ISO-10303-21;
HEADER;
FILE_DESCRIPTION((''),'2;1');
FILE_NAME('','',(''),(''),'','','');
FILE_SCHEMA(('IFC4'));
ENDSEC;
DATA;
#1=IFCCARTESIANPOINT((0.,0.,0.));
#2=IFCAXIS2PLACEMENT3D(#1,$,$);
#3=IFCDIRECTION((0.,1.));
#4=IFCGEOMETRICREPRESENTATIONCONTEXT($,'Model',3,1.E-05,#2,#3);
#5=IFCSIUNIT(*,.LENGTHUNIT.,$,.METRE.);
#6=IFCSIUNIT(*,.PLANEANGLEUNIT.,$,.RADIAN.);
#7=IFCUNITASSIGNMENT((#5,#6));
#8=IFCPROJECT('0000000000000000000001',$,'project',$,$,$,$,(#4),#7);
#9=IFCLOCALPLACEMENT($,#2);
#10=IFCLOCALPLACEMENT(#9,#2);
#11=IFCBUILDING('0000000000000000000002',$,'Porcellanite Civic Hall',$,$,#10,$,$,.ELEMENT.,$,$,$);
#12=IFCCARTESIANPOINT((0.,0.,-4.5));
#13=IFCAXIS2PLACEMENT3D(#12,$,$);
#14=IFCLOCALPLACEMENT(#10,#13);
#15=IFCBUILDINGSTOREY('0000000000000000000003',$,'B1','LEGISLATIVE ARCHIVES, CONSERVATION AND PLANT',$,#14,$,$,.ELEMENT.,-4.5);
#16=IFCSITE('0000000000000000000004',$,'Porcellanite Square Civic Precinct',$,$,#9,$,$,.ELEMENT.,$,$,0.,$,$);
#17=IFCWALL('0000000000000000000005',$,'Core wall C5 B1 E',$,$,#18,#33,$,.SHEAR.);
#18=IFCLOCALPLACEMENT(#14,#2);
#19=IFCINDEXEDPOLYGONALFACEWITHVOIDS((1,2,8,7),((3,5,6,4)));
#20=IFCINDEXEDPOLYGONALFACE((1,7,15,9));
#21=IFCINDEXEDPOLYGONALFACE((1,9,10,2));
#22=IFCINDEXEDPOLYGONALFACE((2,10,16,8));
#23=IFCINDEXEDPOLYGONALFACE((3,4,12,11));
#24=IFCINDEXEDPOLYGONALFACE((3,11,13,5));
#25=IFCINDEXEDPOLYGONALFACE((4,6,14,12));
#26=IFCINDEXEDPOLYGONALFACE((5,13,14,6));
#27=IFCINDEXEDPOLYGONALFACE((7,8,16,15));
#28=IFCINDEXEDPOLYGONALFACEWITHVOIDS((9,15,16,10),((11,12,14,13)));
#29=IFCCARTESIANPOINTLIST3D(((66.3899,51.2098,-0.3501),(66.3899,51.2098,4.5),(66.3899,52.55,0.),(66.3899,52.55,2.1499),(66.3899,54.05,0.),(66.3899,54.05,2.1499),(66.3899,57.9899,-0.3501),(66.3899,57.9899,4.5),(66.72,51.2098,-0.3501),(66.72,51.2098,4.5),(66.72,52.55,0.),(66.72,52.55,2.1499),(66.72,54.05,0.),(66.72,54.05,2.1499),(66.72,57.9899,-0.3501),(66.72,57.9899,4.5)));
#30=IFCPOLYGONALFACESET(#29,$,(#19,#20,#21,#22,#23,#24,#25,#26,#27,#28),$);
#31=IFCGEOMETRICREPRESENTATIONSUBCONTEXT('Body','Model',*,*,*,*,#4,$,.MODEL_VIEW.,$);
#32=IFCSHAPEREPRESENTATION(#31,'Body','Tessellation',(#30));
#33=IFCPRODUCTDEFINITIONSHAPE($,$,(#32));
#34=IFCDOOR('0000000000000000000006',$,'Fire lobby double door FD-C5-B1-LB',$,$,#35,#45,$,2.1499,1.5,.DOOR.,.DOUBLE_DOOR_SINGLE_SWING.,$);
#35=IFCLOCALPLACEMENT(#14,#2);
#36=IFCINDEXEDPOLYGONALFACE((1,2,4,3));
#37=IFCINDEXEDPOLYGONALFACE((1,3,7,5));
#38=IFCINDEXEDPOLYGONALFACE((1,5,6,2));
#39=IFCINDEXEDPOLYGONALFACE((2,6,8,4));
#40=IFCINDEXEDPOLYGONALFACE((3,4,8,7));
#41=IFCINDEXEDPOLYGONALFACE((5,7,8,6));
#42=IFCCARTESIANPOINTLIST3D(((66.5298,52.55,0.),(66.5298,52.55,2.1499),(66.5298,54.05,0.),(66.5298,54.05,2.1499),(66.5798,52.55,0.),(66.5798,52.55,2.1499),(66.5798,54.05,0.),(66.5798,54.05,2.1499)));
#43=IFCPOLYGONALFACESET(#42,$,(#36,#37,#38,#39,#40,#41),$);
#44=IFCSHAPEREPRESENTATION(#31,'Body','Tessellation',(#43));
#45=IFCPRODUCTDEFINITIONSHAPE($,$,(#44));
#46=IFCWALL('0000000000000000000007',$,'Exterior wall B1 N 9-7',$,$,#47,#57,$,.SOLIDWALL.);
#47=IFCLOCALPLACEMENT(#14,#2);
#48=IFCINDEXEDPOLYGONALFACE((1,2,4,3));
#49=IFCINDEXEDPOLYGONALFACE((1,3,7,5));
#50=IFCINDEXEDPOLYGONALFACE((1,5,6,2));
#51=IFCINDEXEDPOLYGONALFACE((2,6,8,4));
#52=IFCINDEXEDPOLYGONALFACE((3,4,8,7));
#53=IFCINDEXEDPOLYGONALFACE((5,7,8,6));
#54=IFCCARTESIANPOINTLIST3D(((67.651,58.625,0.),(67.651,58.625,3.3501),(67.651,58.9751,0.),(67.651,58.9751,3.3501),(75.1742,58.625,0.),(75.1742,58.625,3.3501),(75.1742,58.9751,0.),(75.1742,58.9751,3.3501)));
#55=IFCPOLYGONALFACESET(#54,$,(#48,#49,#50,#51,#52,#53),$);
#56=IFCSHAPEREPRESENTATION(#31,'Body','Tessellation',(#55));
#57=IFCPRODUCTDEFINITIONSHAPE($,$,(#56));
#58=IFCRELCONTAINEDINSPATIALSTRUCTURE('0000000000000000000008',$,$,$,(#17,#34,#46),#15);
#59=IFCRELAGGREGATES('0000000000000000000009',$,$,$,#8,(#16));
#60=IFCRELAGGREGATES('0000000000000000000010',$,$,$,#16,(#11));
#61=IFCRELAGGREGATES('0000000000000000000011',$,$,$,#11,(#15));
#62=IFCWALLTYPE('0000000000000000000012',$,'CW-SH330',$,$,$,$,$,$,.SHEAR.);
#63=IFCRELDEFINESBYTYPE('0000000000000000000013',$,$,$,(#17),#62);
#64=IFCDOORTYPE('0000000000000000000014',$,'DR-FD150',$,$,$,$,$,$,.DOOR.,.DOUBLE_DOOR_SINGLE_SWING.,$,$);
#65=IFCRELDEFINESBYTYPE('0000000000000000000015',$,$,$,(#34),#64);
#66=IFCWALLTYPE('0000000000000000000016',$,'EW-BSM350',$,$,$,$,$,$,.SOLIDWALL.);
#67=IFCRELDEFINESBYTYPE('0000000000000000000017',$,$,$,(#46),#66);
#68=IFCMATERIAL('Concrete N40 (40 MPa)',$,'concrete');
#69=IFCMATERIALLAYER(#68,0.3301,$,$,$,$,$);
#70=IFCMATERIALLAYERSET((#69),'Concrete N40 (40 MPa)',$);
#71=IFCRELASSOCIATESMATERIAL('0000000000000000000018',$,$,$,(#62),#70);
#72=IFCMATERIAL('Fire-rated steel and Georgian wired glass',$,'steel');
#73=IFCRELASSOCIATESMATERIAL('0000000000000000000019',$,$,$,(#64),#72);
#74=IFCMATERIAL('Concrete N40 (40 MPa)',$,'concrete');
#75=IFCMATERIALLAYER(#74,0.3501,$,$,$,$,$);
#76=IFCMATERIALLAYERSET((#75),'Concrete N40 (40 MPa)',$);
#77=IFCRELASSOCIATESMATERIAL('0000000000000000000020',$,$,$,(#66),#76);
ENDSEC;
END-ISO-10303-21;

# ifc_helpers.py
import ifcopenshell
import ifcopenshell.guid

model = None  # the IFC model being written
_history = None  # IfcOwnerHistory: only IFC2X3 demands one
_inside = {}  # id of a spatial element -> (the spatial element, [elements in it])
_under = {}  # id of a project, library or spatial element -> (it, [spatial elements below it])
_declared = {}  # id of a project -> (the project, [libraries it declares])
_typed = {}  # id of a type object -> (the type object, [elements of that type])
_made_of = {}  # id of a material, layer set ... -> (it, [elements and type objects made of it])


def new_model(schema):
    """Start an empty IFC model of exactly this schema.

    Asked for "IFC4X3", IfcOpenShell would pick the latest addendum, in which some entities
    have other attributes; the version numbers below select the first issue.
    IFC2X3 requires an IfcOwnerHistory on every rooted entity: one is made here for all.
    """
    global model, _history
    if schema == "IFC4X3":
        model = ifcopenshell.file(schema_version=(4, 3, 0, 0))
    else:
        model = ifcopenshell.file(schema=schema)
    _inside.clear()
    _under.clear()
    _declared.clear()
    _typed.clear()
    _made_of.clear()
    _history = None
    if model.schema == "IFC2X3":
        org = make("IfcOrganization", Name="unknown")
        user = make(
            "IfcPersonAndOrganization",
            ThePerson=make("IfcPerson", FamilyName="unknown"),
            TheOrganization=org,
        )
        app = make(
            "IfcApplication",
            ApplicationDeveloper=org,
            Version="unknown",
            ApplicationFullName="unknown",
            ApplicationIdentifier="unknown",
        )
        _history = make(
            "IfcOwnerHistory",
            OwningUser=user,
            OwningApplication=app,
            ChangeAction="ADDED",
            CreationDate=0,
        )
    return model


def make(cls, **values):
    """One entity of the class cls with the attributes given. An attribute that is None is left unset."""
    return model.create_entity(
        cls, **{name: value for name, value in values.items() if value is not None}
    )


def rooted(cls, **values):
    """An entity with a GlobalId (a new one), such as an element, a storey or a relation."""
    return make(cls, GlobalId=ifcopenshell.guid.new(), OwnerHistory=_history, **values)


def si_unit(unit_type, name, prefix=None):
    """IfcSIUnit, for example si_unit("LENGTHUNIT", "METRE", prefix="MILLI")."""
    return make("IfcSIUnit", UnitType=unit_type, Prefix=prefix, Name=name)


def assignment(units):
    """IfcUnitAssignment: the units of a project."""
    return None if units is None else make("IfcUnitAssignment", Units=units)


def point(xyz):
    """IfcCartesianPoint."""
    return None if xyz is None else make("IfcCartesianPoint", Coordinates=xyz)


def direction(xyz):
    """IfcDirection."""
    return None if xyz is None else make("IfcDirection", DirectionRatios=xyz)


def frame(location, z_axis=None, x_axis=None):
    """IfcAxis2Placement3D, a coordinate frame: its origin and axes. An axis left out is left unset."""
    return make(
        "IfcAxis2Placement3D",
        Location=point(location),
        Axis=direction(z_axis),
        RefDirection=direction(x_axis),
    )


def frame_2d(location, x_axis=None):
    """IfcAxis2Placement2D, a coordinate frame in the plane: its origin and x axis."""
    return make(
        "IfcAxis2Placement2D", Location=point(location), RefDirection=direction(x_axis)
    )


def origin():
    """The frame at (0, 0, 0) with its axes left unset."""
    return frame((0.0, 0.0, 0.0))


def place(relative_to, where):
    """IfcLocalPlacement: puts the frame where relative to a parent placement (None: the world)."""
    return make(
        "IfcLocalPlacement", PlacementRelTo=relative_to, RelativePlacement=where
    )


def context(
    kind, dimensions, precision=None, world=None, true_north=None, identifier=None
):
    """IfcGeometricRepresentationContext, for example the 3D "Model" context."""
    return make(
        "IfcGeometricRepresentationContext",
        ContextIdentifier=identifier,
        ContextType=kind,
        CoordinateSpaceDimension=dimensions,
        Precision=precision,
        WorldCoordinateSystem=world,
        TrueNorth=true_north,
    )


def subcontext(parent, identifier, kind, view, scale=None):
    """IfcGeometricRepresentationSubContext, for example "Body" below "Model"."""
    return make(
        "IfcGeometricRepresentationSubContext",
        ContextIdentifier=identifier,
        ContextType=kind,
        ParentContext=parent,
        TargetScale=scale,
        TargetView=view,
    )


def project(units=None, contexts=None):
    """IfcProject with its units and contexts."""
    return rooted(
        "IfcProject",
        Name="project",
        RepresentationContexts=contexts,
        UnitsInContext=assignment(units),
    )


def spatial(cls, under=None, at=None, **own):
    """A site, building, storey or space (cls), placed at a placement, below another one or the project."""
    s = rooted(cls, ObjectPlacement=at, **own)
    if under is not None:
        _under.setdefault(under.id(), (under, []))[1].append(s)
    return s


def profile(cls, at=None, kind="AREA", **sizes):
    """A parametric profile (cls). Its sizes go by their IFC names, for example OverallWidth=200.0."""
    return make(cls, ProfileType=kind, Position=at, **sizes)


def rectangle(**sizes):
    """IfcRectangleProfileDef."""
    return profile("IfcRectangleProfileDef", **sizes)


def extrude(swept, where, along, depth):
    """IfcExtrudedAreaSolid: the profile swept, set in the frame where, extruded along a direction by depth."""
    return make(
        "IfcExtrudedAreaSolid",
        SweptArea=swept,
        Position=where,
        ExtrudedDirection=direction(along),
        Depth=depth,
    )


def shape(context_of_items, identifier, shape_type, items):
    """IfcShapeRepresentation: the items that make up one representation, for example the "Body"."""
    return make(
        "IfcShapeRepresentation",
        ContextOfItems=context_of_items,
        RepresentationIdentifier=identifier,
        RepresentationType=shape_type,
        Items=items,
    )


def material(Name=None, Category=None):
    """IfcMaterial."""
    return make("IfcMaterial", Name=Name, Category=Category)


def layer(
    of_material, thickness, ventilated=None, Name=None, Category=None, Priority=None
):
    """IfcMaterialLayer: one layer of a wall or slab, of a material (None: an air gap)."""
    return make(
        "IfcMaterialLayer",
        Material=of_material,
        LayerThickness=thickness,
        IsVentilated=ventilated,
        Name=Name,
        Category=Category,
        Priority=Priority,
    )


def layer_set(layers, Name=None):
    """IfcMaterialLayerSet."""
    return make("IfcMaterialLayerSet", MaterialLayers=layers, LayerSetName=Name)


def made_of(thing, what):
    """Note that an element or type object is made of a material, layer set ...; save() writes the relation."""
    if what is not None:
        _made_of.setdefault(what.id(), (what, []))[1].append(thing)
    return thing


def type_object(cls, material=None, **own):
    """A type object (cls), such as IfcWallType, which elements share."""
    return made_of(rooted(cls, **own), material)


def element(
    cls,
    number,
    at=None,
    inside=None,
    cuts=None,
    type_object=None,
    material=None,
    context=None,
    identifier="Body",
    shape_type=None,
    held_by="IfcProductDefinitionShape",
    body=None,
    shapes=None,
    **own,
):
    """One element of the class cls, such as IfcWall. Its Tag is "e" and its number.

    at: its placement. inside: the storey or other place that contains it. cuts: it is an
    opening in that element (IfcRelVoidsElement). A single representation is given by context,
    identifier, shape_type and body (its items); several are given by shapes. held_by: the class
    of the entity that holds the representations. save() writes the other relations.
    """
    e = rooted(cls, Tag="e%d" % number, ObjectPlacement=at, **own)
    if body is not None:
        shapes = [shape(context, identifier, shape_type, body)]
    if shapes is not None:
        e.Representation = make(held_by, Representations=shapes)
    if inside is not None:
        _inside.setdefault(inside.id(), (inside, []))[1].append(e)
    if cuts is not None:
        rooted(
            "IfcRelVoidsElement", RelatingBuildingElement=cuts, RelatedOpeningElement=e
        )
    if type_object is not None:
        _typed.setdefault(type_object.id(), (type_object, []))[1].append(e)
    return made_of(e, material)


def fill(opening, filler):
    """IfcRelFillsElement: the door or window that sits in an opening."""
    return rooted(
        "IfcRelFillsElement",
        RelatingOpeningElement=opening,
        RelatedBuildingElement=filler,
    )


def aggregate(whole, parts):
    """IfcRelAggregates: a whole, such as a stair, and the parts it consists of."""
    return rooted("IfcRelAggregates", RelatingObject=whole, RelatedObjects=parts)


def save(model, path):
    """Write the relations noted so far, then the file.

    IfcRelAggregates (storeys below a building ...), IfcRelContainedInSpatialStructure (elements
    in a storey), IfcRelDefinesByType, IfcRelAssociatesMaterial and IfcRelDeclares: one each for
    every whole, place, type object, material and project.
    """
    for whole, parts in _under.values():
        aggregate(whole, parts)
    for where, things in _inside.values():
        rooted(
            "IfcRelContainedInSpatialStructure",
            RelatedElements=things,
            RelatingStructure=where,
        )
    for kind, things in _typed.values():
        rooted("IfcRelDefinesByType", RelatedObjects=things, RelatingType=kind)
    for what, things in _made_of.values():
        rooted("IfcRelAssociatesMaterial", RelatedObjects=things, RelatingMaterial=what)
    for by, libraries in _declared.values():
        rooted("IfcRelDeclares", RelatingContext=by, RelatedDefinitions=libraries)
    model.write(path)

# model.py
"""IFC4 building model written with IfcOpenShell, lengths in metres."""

from ifc_helpers import new_model, si_unit, direction, frame, frame_2d, origin, place, context, subcontext, project, spatial, rectangle, extrude, material, layer, layer_set, type_object, element, fill, save


model = new_model("IFC4")

# Units and contexts
model_context = context("Model", 3, precision=1e-05, world=origin(), true_north=direction((0.0, 1.0)))
body_context = subcontext(model_context, "Body", "Model", "MODEL_VIEW")
ifc_project = project(units=[si_unit("LENGTHUNIT", "METRE"), si_unit("PLANEANGLEUNIT", "RADIAN")], contexts=[model_context])

# Site, building, storey
site_placement = place(None, origin())
site = spatial("IfcSite", under=ifc_project, at=site_placement, Name="Porcellanite Square Civic Precinct", CompositionType="ELEMENT", RefElevation=0.0)
building_placement = place(site_placement, origin())
building = spatial("IfcBuilding", under=site, at=building_placement, Name="Porcellanite Civic Hall", CompositionType="ELEMENT")
storey_placement = place(building_placement, frame((0.0, 0.0, -4.5)))
storey = spatial("IfcBuildingStorey", under=building, at=storey_placement, Name="B1", Description="LEGISLATIVE ARCHIVES, CONSERVATION AND PLANT", CompositionType="ELEMENT", Elevation=-4.5)

# Wall, opening, door
ifc_material_1 = material(Name="Concrete N40 (40 MPa)", Category="concrete")
ifc_layer_1 = layer(ifc_material_1, 0.3301)
ifc_layer_set_1 = layer_set([ifc_layer_1], Name="Concrete N40 (40 MPa)")
wall_type_1 = type_object("IfcWallType", Name="CW-SH330", PredefinedType="SHEAR", material=ifc_layer_set_1)
wall_1_placement = place(storey_placement, frame((66.5549, 57.99, -0.3501), z_axis=(0.0, 0.0, 1.0), x_axis=(0.0, -1.0, 0.0)))
wall_1 = element("IfcWall", 1, at=wall_1_placement, inside=storey, type_object=wall_type_1, Name="Core wall C5 B1 E", PredefinedType="SHEAR", context=body_context, shape_type="SweptSolid", body=[
    extrude(rectangle(XDim=6.78, YDim=0.3301, at=frame_2d((3.3901, 0.0))), origin(), (0.0, 0.0, 1.0), 4.8501),
])
opening_placement = place(wall_1_placement, frame((3.9399, 0.0, 0.3501)))
opening = element("IfcOpeningElement", 2, at=opening_placement, cuts=wall_1, PredefinedType="OPENING", context=body_context, shape_type="SweptSolid", body=[
    extrude(rectangle(XDim=1.5, YDim=2.1499, at=frame_2d((0.75, 1.075))), frame((0.0, 0.165, 0.0), z_axis=(0.0, -1.0, 0.0), x_axis=(1.0, 0.0, 0.0)), (0.0, 0.0, 1.0), 0.3301),
])
ifc_material_2 = material(Name="Fire-rated steel and Georgian wired glass", Category="steel")
door_type = type_object("IfcDoorType", Name="DR-FD150", OperationType="DOUBLE_DOOR_SINGLE_SWING", PredefinedType="DOOR", material=ifc_material_2)
door_placement = place(opening_placement, origin())
door = element("IfcDoor", 3, at=door_placement, inside=storey, type_object=door_type, Name="Fire lobby double door FD-C5-B1-LB", OperationType="DOUBLE_DOOR_SINGLE_SWING", OverallHeight=2.1499, OverallWidth=1.5, PredefinedType="DOOR", context=body_context, shape_type="SweptSolid", body=[
    extrude(rectangle(XDim=1.5, YDim=2.1499, at=frame_2d((0.75, 1.075))), frame((0.0, 0.0249, 0.0), z_axis=(0.0, -1.0, 0.0), x_axis=(1.0, 0.0, 0.0)), (0.0, 0.0, 1.0), 0.05),
])
fill(opening, door)

# Wall
ifc_material_3 = material(Name="Concrete N40 (40 MPa)", Category="concrete")
ifc_layer_2 = layer(ifc_material_3, 0.3501)
ifc_layer_set_2 = layer_set([ifc_layer_2], Name="Concrete N40 (40 MPa)")
wall_type_2 = type_object("IfcWallType", Name="EW-BSM350", PredefinedType="SOLIDWALL", material=ifc_layer_set_2)
wall_2_placement = place(storey_placement, frame((67.6509, 58.8, 0.0), z_axis=(0.0, 0.0, 1.0), x_axis=(1.0, 0.0, 0.0)))
element("IfcWall", 4, at=wall_2_placement, inside=storey, type_object=wall_type_2, Name="Exterior wall B1 N 9-7", PredefinedType="SOLIDWALL", context=body_context, shape_type="SweptSolid", body=[
    extrude(rectangle(XDim=7.5232, YDim=0.3501, at=frame_2d((3.7617, 0.0))), origin(), (0.0, 0.0, 1.0), 3.3501),
])

save(model, "model.ifc")
